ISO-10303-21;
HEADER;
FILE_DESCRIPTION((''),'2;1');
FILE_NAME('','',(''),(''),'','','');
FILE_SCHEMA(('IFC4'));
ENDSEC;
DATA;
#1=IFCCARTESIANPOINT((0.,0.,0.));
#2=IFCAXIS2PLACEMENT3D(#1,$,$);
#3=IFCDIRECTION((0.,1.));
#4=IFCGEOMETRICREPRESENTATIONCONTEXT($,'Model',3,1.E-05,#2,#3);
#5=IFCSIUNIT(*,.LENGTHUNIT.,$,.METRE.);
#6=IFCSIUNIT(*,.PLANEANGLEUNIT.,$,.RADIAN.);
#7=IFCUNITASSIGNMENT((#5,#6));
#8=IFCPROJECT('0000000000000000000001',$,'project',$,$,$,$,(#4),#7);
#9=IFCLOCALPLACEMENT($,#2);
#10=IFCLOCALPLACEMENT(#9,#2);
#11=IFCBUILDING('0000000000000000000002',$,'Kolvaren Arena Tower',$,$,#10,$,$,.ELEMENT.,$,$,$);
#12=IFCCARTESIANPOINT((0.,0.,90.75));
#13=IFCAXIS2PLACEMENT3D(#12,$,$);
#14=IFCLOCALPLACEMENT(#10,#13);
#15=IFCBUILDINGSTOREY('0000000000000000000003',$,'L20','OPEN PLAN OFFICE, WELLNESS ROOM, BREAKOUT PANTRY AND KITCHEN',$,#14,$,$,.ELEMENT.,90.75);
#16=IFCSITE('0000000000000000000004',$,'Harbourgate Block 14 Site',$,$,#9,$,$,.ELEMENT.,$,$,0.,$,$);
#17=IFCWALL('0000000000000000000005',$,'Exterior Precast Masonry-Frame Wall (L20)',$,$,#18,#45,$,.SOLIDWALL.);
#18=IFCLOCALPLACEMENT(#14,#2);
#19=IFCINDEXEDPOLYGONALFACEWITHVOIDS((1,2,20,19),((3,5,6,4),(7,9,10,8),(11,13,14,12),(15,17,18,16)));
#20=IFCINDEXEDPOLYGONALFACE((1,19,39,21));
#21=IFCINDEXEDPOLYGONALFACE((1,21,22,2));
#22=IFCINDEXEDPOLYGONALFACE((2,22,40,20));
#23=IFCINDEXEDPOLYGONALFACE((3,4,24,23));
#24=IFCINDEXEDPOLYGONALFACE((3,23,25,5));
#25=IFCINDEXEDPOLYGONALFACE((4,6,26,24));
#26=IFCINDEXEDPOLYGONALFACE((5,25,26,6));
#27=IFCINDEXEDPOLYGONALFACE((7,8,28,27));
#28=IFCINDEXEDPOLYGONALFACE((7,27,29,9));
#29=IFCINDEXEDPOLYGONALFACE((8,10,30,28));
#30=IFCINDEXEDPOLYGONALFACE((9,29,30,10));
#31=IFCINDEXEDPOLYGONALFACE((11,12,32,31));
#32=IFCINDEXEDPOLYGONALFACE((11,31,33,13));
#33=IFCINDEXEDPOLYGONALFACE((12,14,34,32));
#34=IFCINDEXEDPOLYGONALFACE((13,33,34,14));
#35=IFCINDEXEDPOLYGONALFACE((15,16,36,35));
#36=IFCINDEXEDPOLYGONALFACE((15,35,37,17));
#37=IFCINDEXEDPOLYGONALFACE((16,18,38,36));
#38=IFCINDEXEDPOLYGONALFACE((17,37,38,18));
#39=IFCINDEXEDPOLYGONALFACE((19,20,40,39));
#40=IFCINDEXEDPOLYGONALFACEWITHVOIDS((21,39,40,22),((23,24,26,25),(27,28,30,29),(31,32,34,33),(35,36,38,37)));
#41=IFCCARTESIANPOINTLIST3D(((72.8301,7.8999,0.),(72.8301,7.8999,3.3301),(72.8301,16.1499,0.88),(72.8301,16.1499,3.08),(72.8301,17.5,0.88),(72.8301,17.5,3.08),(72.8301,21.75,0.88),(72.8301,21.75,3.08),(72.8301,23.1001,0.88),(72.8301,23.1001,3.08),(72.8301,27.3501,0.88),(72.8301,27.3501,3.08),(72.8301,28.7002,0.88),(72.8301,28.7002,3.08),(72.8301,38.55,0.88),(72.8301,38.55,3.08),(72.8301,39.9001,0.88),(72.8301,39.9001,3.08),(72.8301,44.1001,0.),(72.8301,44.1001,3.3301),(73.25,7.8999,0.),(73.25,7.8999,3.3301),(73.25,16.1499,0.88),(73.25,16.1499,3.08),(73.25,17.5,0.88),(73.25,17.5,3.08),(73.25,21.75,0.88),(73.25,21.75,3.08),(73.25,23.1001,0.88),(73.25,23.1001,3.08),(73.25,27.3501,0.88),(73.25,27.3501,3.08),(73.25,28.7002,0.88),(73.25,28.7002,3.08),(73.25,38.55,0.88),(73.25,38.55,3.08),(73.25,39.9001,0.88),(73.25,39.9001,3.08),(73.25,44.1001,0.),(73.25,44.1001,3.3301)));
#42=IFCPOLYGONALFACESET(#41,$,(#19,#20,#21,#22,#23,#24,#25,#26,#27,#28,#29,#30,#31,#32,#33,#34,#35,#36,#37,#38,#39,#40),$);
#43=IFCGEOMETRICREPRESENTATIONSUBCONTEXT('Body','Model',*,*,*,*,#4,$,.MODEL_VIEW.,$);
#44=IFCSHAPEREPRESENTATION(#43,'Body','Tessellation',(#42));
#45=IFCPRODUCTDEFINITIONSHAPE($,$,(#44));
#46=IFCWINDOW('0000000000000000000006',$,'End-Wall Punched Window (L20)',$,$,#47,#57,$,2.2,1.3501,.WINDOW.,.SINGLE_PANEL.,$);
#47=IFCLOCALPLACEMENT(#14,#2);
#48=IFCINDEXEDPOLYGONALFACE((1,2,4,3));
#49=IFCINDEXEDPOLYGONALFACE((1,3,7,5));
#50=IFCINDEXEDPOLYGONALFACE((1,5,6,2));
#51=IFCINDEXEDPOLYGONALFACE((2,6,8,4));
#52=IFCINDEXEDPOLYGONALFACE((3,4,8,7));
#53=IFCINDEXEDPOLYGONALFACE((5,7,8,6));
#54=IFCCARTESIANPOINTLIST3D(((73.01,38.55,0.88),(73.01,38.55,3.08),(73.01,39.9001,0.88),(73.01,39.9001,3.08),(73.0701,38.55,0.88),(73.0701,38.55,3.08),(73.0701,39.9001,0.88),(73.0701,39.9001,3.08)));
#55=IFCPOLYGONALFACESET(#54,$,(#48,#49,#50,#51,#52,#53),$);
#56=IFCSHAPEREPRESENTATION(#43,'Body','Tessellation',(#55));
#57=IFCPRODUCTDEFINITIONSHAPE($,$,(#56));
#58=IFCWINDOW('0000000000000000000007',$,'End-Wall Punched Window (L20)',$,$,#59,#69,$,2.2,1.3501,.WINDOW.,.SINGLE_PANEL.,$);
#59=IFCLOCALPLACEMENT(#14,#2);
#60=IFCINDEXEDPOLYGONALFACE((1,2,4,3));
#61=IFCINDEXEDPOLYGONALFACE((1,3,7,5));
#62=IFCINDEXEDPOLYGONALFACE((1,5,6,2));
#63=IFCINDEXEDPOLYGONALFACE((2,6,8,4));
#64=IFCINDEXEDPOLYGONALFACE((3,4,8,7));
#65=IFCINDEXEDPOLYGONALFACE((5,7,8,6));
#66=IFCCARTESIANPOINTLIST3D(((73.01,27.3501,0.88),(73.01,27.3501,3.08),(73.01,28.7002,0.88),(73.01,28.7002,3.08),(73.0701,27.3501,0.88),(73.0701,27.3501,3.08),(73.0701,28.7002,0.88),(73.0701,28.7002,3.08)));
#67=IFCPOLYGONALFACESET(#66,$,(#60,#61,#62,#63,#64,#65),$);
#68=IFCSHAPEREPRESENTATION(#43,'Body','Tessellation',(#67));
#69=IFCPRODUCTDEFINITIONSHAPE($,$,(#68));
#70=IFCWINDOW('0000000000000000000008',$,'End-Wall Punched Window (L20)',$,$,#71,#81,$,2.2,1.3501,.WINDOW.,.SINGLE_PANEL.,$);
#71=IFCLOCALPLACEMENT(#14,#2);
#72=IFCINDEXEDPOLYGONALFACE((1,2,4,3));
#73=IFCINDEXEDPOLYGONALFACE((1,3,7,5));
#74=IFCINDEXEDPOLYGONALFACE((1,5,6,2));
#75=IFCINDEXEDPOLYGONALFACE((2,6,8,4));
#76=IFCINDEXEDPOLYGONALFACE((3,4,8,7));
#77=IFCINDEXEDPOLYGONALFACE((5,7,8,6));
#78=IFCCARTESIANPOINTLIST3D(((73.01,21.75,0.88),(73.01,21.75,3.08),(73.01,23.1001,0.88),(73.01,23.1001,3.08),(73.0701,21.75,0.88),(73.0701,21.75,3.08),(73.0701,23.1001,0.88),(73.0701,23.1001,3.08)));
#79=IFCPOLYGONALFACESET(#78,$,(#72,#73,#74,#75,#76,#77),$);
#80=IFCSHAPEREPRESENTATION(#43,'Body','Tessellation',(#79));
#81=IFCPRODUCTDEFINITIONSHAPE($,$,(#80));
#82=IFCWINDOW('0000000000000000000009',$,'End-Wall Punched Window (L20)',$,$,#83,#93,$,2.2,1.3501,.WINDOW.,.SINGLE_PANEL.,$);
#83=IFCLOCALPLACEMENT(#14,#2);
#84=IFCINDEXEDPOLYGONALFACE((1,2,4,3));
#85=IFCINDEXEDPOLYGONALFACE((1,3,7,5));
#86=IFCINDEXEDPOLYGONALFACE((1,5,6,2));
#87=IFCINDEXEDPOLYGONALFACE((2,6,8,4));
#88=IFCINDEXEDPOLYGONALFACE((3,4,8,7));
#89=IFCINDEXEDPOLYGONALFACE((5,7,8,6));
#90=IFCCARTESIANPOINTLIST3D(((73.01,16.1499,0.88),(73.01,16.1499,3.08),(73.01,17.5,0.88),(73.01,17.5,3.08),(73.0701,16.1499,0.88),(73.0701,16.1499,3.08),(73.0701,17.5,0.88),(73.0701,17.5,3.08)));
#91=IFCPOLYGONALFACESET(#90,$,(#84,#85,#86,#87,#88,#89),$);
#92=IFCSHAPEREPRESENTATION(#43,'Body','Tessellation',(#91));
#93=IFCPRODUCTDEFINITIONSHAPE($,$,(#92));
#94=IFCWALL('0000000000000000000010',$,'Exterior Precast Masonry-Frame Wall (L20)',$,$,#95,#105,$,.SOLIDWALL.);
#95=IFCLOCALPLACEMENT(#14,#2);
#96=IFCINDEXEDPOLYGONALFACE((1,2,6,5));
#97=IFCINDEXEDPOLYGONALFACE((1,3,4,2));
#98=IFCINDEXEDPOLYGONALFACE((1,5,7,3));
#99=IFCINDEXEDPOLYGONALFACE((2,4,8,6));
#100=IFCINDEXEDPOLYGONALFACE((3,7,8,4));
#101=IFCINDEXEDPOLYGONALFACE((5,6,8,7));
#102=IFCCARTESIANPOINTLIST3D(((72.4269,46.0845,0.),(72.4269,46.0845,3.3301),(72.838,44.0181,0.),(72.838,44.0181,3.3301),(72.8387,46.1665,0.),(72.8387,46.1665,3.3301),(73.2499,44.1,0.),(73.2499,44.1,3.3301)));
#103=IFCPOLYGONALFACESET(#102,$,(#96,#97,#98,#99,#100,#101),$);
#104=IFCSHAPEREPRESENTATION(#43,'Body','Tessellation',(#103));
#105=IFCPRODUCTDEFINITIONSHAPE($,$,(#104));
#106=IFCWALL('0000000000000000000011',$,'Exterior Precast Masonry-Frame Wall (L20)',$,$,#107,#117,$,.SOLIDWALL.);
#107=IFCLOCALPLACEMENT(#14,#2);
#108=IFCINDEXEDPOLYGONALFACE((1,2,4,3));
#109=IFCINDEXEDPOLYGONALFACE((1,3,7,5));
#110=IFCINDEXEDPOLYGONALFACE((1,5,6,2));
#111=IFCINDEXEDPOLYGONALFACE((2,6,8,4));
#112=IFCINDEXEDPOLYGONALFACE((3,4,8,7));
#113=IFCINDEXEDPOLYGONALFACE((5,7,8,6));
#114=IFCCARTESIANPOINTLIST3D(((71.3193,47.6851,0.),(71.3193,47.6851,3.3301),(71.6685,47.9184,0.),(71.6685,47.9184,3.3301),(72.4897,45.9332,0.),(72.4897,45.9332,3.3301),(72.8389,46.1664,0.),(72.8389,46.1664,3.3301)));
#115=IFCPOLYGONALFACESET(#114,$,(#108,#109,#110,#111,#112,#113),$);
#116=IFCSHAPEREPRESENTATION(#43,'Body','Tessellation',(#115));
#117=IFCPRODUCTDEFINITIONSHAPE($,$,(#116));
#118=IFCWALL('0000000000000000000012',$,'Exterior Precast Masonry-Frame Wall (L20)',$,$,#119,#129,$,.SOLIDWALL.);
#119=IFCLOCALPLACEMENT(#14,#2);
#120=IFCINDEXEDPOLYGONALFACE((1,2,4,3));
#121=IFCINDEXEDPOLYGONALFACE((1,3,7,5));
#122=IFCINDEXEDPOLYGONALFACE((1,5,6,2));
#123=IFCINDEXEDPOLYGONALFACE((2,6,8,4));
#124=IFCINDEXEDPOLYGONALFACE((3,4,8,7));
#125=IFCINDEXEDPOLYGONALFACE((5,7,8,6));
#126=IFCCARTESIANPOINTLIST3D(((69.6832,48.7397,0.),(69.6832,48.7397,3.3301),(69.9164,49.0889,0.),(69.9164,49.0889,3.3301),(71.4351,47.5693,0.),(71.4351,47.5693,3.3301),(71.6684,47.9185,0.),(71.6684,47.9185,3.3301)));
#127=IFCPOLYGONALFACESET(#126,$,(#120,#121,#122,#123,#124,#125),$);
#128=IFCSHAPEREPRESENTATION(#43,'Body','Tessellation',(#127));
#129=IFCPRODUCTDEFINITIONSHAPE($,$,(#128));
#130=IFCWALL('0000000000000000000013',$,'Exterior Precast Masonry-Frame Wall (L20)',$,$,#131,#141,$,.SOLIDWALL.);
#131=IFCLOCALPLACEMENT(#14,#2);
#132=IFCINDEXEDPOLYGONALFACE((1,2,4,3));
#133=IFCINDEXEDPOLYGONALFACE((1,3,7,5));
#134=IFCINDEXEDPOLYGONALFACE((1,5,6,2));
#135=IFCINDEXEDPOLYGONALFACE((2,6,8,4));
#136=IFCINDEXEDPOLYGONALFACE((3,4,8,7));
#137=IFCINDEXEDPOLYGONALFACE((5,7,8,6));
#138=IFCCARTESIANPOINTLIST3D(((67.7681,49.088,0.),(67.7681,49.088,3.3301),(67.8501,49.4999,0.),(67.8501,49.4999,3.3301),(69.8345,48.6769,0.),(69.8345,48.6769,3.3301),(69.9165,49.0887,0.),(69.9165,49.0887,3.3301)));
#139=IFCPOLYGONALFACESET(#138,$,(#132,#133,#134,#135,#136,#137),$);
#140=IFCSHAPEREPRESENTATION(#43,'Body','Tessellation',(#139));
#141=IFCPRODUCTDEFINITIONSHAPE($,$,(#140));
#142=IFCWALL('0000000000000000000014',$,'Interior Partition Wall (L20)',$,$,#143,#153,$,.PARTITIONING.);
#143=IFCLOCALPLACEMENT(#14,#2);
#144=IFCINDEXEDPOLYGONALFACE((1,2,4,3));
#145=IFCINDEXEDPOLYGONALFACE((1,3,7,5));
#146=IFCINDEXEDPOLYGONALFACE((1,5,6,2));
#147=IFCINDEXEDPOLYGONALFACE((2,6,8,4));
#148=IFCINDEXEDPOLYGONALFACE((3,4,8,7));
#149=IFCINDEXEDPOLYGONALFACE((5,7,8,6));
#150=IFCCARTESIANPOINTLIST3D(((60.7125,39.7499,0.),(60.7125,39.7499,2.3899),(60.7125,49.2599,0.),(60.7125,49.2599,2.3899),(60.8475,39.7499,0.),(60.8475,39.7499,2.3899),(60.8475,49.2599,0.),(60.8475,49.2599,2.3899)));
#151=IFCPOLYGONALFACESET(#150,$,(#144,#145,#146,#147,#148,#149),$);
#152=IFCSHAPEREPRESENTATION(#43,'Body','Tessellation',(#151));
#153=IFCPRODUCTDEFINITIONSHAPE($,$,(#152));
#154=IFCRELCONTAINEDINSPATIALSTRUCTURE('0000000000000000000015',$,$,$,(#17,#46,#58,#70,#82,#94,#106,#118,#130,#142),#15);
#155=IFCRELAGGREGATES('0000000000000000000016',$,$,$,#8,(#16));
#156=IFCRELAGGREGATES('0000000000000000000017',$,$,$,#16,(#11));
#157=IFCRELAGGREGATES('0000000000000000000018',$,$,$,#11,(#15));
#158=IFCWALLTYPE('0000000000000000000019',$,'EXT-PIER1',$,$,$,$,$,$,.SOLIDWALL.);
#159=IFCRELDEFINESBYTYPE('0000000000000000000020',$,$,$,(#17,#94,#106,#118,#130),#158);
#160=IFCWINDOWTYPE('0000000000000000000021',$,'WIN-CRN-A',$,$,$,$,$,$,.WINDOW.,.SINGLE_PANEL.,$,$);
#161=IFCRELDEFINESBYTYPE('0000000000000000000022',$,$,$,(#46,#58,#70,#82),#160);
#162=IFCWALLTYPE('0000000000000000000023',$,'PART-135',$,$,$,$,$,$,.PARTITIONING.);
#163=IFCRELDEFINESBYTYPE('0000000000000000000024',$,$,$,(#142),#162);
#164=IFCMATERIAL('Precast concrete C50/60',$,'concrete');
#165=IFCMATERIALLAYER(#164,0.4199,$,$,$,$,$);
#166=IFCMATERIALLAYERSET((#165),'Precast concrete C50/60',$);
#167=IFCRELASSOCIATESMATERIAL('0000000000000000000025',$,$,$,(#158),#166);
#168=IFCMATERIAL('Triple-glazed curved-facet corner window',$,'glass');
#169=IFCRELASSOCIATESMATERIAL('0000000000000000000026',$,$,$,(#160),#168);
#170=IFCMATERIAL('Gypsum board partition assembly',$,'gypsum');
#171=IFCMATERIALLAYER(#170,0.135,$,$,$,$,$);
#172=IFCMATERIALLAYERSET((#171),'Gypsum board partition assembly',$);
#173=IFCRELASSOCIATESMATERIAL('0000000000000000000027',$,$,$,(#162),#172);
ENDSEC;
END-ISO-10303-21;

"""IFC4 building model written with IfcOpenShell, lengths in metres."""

from ifc_helpers import new_model, si_unit, direction, frame, frame_2d, origin, place, context, subcontext, project, spatial, rectangle, extrude, material, layer, layer_set, type_object, element, fill, save


model = new_model("IFC4")

# Units and contexts
model_context = context("Model", 3, precision=1e-05, world=origin(), true_north=direction((0.0, 1.0)))
body_context = subcontext(model_context, "Body", "Model", "MODEL_VIEW")
ifc_project = project(units=[si_unit("LENGTHUNIT", "METRE"), si_unit("PLANEANGLEUNIT", "RADIAN")], contexts=[model_context])

# Site, building, storey
site_placement = place(None, origin())
site = spatial("IfcSite", under=ifc_project, at=site_placement, Name="Harbourgate Block 14 Site", CompositionType="ELEMENT", RefElevation=0.0)
building_placement = place(site_placement, origin())
building = spatial("IfcBuilding", under=site, at=building_placement, Name="Kolvaren Arena Tower", CompositionType="ELEMENT")
storey_placement = place(building_placement, frame((0.0, 0.0, 90.75)))
storey = spatial("IfcBuildingStorey", under=building, at=storey_placement, Name="L20", Description="OPEN PLAN OFFICE, WELLNESS ROOM, BREAKOUT PANTRY AND KITCHEN", CompositionType="ELEMENT", Elevation=90.75)

# Wall, openings, windows
ifc_material_1 = material(Name="Precast concrete C50/60", Category="concrete")
ifc_layer_1 = layer(ifc_material_1, 0.4199)
ifc_layer_set_1 = layer_set([ifc_layer_1], Name="Precast concrete C50/60")
wall_type_1 = type_object("IfcWallType", Name="EXT-PIER1", PredefinedType="SOLIDWALL", material=ifc_layer_set_1)
wall_1_placement = place(storey_placement, frame((73.04, 44.1001, 0.0), z_axis=(0.0, 0.0, 1.0), x_axis=(0.0, -1.0, 0.0)))
wall_1 = element("IfcWall", 1, at=wall_1_placement, inside=storey, type_object=wall_type_1, Name="Exterior Precast Masonry-Frame Wall (L20)", PredefinedType="SOLIDWALL", context=body_context, shape_type="SweptSolid", body=[
    extrude(rectangle(XDim=36.2002, YDim=0.4199, at=frame_2d((18.1001, 0.0))), origin(), (0.0, 0.0, 1.0), 3.3301),
])
opening_1_placement = place(wall_1_placement, frame((4.2, 0.0, 0.8799)))
opening_1 = element("IfcOpeningElement", 2, at=opening_1_placement, cuts=wall_1, PredefinedType="OPENING", context=body_context, shape_type="SweptSolid", body=[
    extrude(rectangle(XDim=1.3501, YDim=2.2, at=frame_2d((0.675, 1.1001))), frame((0.0, 0.22, 0.0), z_axis=(0.0, -1.0, 0.0), x_axis=(1.0, 0.0, 0.0)), (0.0, 0.0, 1.0), 0.4399),
])
opening_2_placement = place(wall_1_placement, frame((15.3999, 0.0, 0.8799)))
opening_2 = element("IfcOpeningElement", 3, at=opening_2_placement, cuts=wall_1, PredefinedType="OPENING", context=body_context, shape_type="SweptSolid", body=[
    extrude(rectangle(XDim=1.3501, YDim=2.2, at=frame_2d((0.675, 1.1001))), frame((0.0, 0.22, 0.0), z_axis=(0.0, -1.0, 0.0), x_axis=(1.0, 0.0, 0.0)), (0.0, 0.0, 1.0), 0.4399),
])
opening_3_placement = place(wall_1_placement, frame((21.0, 0.0, 0.8799)))
opening_3 = element("IfcOpeningElement", 4, at=opening_3_placement, cuts=wall_1, PredefinedType="OPENING", context=body_context, shape_type="SweptSolid", body=[
    extrude(rectangle(XDim=1.3501, YDim=2.2, at=frame_2d((0.675, 1.1001))), frame((0.0, 0.22, 0.0), z_axis=(0.0, -1.0, 0.0), x_axis=(1.0, 0.0, 0.0)), (0.0, 0.0, 1.0), 0.4399),
])
opening_4_placement = place(wall_1_placement, frame((26.6001, 0.0, 0.8799)))
opening_4 = element("IfcOpeningElement", 5, at=opening_4_placement, cuts=wall_1, PredefinedType="OPENING", context=body_context, shape_type="SweptSolid", body=[
    extrude(rectangle(XDim=1.3501, YDim=2.2, at=frame_2d((0.675, 1.1001))), frame((0.0, 0.22, 0.0), z_axis=(0.0, -1.0, 0.0), x_axis=(1.0, 0.0, 0.0)), (0.0, 0.0, 1.0), 0.4399),
])
ifc_material_2 = material(Name="Triple-glazed curved-facet corner window", Category="glass")
window_type = type_object("IfcWindowType", Name="WIN-CRN-A", PartitioningType="SINGLE_PANEL", PredefinedType="WINDOW", material=ifc_material_2)
window_1_placement = place(opening_1_placement, origin())
window_1 = element("IfcWindow", 6, at=window_1_placement, inside=storey, type_object=window_type, Name="End-Wall Punched Window (L20)", OverallHeight=2.2, OverallWidth=1.3501, PartitioningType="SINGLE_PANEL", PredefinedType="WINDOW", context=body_context, shape_type="SweptSolid", body=[
    extrude(rectangle(XDim=1.3501, YDim=2.2, at=frame_2d((0.675, 1.1001))), frame((0.0, 0.03, 0.0), z_axis=(0.0, -1.0, 0.0), x_axis=(1.0, 0.0, 0.0)), (0.0, 0.0, 1.0), 0.0601),
])
fill(opening_1, window_1)
window_2_placement = place(opening_2_placement, origin())
window_2 = element("IfcWindow", 7, at=window_2_placement, inside=storey, type_object=window_type, Name="End-Wall Punched Window (L20)", OverallHeight=2.2, OverallWidth=1.3501, PartitioningType="SINGLE_PANEL", PredefinedType="WINDOW", context=body_context, shape_type="SweptSolid", body=[
    extrude(rectangle(XDim=1.3501, YDim=2.2, at=frame_2d((0.675, 1.1001))), frame((0.0, 0.03, 0.0), z_axis=(0.0, -1.0, 0.0), x_axis=(1.0, 0.0, 0.0)), (0.0, 0.0, 1.0), 0.0601),
])
fill(opening_2, window_2)
window_3_placement = place(opening_3_placement, origin())
window_3 = element("IfcWindow", 8, at=window_3_placement, inside=storey, type_object=window_type, Name="End-Wall Punched Window (L20)", OverallHeight=2.2, OverallWidth=1.3501, PartitioningType="SINGLE_PANEL", PredefinedType="WINDOW", context=body_context, shape_type="SweptSolid", body=[
    extrude(rectangle(XDim=1.3501, YDim=2.2, at=frame_2d((0.675, 1.1001))), frame((0.0, 0.03, 0.0), z_axis=(0.0, -1.0, 0.0), x_axis=(1.0, 0.0, 0.0)), (0.0, 0.0, 1.0), 0.0601),
])
fill(opening_3, window_3)
window_4_placement = place(opening_4_placement, origin())
window_4 = element("IfcWindow", 9, at=window_4_placement, inside=storey, type_object=window_type, Name="End-Wall Punched Window (L20)", OverallHeight=2.2, OverallWidth=1.3501, PartitioningType="SINGLE_PANEL", PredefinedType="WINDOW", context=body_context, shape_type="SweptSolid", body=[
    extrude(rectangle(XDim=1.3501, YDim=2.2, at=frame_2d((0.675, 1.1001))), frame((0.0, 0.03, 0.0), z_axis=(0.0, -1.0, 0.0), x_axis=(1.0, 0.0, 0.0)), (0.0, 0.0, 1.0), 0.0601),
])
fill(opening_4, window_4)

# Walls
for number, where, z_axis, x_axis, name in (
    (10, (72.6328, 46.1255, 0.0), (0.0, 0.0, 1.0), (0.195136, -0.980776, 0.0), "Exterior Precast Masonry-Frame Wall (L20)"),
    (11, (71.4939, 47.8018, 0.0), (0.0, 0.0, 1.0), (0.555502, -0.831515, 0.0), "Exterior Precast Masonry-Frame Wall (L20)"),
    (12, (69.7998, 48.9143, 0.0), (0.0, 0.0, 1.0), (0.831515, -0.555502, 0.0), "Exterior Precast Masonry-Frame Wall (L20)"),
    (13, (67.8091, 49.2939, 0.0), (0.0, 0.0, 1.0), (0.980776, -0.195136, 0.0), "Exterior Precast Masonry-Frame Wall (L20)"),
):
    element("IfcWall", number, at=place(storey_placement, frame(where, z_axis=z_axis, x_axis=x_axis)), inside=storey, type_object=wall_type_1, Name=name, PredefinedType="SOLIDWALL", context=body_context, shape_type="SweptSolid", body=[
        extrude(rectangle(XDim=2.1069, YDim=0.4199, at=frame_2d((1.0535, 0.0))), origin(), (0.0, 0.0, 1.0), 3.3301),
    ])
ifc_material_3 = material(Name="Gypsum board partition assembly", Category="gypsum")
ifc_layer_2 = layer(ifc_material_3, 0.135)
ifc_layer_set_2 = layer_set([ifc_layer_2], Name="Gypsum board partition assembly")
wall_type_2 = type_object("IfcWallType", Name="PART-135", PredefinedType="PARTITIONING", material=ifc_layer_set_2)
wall_2_placement = place(storey_placement, frame((60.78, 39.75, 0.0), z_axis=(0.0, 0.0, 1.0), x_axis=(0.0, 1.0, 0.0)))
element("IfcWall", 14, at=wall_2_placement, inside=storey, type_object=wall_type_2, Name="Interior Partition Wall (L20)", PredefinedType="PARTITIONING", context=body_context, shape_type="SweptSolid", body=[
    extrude(rectangle(XDim=9.51, YDim=0.135, at=frame_2d((4.7549, 0.0))), origin(), (0.0, 0.0, 1.0), 2.3899),
])

save(model, "model.ifc")
